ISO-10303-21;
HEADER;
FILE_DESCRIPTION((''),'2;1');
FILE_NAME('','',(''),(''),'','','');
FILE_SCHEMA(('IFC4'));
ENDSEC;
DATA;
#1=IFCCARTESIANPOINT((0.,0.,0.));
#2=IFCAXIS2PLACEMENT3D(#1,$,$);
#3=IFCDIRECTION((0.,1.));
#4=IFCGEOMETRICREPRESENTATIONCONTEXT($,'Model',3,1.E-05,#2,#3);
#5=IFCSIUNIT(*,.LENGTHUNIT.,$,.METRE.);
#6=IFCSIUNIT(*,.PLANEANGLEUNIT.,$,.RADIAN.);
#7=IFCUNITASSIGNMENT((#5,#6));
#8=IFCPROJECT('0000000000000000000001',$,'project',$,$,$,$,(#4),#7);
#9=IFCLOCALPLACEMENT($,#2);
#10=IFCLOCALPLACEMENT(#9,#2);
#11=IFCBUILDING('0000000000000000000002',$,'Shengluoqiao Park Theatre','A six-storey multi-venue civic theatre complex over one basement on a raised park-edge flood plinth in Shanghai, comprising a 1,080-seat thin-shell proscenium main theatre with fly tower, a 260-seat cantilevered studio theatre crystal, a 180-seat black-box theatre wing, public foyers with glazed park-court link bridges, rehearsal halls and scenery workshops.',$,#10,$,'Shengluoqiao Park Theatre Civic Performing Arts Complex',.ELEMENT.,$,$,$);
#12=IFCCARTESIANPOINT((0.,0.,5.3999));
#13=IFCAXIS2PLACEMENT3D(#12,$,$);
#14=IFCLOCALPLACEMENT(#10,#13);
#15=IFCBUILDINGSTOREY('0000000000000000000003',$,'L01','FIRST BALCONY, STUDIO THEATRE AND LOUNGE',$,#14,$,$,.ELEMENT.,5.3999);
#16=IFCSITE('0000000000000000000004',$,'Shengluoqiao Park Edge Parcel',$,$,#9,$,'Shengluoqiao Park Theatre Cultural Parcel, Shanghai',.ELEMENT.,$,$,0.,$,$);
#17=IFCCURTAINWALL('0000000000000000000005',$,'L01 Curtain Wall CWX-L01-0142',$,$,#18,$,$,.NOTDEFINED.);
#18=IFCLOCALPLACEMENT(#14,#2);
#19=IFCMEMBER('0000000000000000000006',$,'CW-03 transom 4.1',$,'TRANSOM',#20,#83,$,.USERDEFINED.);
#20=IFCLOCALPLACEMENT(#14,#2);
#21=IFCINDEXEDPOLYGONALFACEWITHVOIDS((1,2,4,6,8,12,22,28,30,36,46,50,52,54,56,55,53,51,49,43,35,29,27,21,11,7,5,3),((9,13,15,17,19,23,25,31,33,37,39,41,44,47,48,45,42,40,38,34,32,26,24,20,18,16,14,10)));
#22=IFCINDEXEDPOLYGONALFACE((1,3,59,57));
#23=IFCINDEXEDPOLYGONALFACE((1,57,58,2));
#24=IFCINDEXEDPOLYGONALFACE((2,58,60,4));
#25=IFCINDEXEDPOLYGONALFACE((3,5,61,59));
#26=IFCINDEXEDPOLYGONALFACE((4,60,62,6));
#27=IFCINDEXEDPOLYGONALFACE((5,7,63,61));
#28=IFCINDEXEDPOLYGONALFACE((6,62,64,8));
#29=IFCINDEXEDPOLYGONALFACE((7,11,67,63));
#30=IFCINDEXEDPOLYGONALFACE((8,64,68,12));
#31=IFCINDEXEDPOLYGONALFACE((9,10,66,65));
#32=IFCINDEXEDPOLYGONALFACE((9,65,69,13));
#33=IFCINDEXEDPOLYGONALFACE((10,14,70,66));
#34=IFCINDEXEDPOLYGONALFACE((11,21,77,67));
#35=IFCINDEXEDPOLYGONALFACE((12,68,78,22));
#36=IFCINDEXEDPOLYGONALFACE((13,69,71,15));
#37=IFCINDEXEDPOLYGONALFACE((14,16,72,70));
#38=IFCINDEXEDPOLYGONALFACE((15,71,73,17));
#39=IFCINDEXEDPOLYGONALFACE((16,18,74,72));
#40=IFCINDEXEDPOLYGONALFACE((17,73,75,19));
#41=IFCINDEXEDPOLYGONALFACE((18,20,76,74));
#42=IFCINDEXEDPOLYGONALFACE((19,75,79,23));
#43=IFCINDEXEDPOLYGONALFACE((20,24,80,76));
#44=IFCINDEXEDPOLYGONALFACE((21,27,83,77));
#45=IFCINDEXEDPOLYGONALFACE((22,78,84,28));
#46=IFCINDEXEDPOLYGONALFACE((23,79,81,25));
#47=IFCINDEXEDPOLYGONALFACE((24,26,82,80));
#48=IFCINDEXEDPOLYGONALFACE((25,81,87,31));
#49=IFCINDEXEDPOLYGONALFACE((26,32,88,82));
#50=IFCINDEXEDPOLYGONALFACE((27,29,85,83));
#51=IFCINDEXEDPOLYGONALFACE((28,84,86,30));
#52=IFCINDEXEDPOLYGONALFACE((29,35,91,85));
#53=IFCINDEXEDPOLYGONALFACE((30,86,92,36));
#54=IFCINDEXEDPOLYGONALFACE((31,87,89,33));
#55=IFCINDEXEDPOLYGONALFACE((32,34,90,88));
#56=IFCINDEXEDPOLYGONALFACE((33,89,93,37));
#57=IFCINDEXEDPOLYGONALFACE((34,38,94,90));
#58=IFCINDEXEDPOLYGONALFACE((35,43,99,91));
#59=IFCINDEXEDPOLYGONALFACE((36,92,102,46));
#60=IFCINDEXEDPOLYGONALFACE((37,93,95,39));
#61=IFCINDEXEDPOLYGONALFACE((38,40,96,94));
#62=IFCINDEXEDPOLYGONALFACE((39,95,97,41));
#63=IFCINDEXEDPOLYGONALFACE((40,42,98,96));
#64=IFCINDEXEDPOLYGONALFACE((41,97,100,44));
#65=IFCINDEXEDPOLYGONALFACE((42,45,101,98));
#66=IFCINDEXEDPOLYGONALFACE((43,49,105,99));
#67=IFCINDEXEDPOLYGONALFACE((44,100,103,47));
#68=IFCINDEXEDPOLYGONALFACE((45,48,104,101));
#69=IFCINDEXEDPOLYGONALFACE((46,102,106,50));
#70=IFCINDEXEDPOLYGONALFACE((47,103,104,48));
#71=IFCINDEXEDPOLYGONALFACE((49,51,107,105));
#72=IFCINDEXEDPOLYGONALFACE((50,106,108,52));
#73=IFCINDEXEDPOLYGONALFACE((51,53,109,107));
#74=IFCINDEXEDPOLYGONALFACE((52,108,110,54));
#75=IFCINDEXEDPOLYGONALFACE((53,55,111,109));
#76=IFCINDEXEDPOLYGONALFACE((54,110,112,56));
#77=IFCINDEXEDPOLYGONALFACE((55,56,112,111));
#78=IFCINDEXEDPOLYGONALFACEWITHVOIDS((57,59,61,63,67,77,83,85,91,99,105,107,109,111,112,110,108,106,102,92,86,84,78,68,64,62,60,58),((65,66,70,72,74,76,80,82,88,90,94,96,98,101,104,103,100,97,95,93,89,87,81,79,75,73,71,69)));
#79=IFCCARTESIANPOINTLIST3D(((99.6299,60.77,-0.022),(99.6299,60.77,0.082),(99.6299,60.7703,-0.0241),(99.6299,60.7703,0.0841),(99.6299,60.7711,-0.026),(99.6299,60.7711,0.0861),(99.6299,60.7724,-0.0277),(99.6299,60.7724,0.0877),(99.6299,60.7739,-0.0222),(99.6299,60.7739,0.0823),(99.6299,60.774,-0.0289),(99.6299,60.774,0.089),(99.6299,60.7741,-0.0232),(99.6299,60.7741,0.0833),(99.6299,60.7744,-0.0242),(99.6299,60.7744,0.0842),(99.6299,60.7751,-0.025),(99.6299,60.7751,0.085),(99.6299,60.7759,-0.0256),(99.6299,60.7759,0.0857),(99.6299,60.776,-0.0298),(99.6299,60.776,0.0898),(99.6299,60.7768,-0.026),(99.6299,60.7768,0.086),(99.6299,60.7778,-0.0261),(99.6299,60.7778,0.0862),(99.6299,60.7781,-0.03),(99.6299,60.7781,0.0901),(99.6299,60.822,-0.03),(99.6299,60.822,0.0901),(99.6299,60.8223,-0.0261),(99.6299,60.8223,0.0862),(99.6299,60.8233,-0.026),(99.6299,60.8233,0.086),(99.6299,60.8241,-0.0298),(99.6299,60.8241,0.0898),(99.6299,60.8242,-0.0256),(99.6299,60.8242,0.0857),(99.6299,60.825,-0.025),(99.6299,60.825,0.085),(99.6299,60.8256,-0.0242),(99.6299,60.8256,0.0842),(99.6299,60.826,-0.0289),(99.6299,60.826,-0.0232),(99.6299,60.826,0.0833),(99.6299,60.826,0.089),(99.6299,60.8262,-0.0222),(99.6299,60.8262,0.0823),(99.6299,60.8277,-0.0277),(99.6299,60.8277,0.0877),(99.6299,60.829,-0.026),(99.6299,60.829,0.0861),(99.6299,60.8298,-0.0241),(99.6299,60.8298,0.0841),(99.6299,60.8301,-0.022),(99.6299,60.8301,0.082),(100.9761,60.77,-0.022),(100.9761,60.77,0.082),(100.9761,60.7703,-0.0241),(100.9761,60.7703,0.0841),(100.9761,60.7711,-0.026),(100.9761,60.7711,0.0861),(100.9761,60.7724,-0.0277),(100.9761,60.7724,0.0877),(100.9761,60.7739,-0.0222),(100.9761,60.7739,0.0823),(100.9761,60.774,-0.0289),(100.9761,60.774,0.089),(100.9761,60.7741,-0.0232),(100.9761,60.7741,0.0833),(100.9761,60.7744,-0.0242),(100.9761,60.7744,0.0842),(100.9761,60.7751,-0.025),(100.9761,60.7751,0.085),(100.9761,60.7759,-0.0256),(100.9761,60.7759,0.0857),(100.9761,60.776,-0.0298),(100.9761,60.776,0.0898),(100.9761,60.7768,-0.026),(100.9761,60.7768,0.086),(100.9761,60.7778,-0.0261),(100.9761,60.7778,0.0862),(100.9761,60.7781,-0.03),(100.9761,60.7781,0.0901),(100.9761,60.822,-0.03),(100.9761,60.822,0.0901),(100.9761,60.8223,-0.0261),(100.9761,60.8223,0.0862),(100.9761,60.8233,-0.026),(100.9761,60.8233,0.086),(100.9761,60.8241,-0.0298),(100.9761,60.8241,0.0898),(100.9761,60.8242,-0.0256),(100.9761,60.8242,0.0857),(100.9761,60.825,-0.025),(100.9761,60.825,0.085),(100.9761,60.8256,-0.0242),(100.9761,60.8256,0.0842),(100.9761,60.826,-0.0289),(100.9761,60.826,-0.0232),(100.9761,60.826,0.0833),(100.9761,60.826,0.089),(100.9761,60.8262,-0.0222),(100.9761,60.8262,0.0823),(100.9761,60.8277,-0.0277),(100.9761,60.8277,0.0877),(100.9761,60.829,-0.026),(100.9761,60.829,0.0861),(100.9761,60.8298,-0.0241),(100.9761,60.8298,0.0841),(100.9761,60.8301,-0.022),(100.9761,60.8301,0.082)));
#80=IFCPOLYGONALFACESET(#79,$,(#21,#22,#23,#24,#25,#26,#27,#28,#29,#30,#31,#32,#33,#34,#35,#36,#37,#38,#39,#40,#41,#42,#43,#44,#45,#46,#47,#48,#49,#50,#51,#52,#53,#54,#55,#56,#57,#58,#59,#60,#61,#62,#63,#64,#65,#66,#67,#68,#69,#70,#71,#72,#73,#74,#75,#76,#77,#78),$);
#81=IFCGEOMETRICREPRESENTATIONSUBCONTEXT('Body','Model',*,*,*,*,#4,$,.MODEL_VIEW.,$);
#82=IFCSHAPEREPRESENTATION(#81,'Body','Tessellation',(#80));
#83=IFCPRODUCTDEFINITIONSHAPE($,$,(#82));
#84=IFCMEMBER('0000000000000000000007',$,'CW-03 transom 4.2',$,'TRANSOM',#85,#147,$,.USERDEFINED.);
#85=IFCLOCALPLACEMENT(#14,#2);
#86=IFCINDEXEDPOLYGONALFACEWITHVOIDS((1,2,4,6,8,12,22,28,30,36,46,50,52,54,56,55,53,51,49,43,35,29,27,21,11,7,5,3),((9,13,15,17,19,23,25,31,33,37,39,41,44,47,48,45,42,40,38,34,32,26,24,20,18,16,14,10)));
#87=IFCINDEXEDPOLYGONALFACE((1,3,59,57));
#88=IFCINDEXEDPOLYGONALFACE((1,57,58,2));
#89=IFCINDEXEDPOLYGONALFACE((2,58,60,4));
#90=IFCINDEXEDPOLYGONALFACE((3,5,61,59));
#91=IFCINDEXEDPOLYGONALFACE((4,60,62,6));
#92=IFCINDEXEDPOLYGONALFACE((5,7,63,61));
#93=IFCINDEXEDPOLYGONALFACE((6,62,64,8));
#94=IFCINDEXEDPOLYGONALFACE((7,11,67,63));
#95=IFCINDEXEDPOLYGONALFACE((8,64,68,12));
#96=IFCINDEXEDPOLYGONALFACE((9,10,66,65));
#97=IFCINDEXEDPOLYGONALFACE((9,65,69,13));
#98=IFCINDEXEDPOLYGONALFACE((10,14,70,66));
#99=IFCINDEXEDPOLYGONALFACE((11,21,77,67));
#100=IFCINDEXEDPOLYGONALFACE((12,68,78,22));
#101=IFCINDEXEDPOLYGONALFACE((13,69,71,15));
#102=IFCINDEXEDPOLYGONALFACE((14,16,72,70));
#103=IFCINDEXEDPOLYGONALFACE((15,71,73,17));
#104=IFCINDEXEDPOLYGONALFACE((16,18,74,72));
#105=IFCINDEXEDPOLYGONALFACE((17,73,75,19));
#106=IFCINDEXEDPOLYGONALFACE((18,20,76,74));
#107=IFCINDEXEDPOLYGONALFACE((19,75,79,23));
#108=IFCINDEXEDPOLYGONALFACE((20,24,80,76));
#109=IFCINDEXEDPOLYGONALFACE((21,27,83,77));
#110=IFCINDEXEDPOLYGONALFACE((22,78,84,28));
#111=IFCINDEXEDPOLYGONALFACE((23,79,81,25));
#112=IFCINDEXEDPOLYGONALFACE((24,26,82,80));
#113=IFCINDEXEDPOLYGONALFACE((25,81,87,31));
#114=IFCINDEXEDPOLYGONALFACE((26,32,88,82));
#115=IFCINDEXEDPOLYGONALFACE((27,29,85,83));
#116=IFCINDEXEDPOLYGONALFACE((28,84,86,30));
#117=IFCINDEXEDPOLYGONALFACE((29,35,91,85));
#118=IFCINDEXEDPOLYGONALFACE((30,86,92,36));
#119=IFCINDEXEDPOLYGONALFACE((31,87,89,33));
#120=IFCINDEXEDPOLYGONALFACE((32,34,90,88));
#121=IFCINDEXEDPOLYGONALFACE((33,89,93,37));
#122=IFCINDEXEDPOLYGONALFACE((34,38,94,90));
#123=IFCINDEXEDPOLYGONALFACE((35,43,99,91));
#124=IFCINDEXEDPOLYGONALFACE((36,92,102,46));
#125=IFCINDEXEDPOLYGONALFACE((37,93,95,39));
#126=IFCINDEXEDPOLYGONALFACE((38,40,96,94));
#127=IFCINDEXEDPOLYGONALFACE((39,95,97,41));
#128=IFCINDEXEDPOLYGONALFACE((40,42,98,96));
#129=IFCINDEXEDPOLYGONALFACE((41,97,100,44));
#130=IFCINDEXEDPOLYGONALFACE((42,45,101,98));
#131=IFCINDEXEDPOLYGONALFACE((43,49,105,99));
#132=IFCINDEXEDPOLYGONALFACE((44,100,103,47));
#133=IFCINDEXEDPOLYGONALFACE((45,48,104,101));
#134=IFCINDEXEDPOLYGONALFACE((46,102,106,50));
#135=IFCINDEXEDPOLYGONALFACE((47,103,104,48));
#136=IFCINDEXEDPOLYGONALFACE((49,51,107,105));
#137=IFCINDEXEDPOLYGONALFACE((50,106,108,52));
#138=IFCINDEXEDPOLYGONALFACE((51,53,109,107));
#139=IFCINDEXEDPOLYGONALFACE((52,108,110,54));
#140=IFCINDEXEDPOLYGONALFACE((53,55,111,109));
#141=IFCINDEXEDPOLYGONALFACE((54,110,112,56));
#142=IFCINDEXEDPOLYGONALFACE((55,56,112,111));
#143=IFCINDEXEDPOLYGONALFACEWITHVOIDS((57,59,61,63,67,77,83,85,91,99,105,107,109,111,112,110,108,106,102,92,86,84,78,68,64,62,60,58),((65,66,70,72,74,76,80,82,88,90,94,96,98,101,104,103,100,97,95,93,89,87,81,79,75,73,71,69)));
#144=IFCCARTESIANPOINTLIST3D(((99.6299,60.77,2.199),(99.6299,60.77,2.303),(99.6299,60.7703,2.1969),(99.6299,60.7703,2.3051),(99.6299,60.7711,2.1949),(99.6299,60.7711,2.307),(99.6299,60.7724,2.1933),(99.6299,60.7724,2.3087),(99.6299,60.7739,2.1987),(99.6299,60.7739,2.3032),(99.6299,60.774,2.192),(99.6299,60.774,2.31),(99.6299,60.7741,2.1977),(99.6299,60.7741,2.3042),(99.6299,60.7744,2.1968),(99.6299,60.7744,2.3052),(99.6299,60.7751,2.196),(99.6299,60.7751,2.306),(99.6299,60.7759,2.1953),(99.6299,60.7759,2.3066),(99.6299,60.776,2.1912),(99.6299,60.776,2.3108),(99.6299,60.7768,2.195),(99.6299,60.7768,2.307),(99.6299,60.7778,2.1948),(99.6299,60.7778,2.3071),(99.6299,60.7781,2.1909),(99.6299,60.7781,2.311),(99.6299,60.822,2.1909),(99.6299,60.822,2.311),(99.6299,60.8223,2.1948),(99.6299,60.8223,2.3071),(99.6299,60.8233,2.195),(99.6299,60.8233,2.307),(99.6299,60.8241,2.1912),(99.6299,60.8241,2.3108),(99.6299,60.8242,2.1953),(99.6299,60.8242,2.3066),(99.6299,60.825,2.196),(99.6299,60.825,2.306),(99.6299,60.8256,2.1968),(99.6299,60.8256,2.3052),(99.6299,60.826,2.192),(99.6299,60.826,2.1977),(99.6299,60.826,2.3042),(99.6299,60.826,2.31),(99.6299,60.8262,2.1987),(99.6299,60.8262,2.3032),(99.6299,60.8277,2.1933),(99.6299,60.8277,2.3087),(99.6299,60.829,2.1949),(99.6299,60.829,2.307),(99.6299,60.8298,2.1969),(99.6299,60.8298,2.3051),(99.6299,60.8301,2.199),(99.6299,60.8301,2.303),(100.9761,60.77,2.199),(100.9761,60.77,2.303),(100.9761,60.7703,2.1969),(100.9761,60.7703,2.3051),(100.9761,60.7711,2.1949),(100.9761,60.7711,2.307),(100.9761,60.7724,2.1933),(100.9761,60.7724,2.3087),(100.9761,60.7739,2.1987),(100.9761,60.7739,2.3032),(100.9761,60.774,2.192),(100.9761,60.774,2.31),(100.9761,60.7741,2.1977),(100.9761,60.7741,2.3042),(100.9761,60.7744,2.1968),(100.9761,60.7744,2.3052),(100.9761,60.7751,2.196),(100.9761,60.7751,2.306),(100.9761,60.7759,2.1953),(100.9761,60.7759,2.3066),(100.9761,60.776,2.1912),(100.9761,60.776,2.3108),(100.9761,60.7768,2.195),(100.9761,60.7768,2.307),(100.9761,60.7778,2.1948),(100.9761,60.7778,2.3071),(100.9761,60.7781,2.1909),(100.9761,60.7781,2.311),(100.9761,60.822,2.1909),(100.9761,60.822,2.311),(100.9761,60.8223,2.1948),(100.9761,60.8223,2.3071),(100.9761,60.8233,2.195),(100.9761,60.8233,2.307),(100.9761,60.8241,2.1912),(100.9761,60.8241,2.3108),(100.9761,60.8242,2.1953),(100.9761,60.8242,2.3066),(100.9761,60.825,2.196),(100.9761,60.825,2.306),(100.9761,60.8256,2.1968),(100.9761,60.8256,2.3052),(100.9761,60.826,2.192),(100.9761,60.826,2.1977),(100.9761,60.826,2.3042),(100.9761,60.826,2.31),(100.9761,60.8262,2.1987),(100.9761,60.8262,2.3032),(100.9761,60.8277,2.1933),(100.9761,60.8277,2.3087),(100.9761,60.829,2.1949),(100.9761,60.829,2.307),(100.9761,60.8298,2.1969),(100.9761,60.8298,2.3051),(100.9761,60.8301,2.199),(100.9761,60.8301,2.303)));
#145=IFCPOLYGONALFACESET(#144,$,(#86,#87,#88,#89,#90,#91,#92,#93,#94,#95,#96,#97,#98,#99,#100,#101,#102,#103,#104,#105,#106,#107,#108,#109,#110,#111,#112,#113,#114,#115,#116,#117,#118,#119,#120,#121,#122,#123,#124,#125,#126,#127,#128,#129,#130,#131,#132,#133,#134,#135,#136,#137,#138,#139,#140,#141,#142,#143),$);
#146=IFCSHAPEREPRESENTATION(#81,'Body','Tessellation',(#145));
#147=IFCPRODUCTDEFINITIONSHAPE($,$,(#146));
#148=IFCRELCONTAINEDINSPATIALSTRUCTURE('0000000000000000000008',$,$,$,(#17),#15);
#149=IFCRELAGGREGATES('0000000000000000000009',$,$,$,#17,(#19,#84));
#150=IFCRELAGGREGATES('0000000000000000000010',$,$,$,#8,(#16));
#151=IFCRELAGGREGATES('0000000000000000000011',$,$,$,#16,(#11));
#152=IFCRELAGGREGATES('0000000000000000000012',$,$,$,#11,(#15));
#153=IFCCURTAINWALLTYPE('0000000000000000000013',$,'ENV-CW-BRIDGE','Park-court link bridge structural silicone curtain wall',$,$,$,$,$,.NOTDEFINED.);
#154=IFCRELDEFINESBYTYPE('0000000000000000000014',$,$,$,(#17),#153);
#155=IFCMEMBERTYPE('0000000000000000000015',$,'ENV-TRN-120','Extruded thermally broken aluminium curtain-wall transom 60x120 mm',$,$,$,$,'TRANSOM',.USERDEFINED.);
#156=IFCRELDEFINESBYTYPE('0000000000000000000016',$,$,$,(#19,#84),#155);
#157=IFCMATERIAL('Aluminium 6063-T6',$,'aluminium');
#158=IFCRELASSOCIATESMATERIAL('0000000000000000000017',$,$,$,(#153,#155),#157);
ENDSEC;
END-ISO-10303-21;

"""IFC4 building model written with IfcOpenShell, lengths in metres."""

from ifc_helpers import new_model, si_unit, direction, frame, origin, origin_2d, place, context, subcontext, project, spatial, hollow_rectangle, extrude, material, material_profile, profile_set, type_object, element, aggregate, save


model = new_model("IFC4")

# Units and contexts
model_context = context("Model", 3, precision=1e-05, world=origin(), true_north=direction((0.0, 1.0)))
body_context = subcontext(model_context, "Body", "Model", "MODEL_VIEW")
ifc_project = project(units=[si_unit("LENGTHUNIT", "METRE"), si_unit("PLANEANGLEUNIT", "RADIAN")], contexts=[model_context])

# Site, building, storey
site_placement = place(None, origin())
site = spatial("IfcSite", under=ifc_project, at=site_placement, Name="Shengluoqiao Park Edge Parcel", LongName="Shengluoqiao Park Theatre Cultural Parcel, Shanghai", CompositionType="ELEMENT", RefElevation=0.0)
building_placement = place(site_placement, origin())
building = spatial("IfcBuilding", under=site, at=building_placement, Name="Shengluoqiao Park Theatre", Description="A six-storey multi-venue civic theatre complex over one basement on a raised park-edge flood plinth in Shanghai, comprising a 1,080-seat thin-shell proscenium main theatre with fly tower, a 260-seat cantilevered studio theatre crystal, a 180-seat black-box theatre wing, public foyers with glazed park-court link bridges, rehearsal halls and scenery workshops.", LongName="Shengluoqiao Park Theatre Civic Performing Arts Complex", CompositionType="ELEMENT")
storey_placement = place(building_placement, frame((0.0, 0.0, 5.3999)))
storey = spatial("IfcBuildingStorey", under=building, at=storey_placement, Name="L01", Description="FIRST BALCONY, STUDIO THEATRE AND LOUNGE", CompositionType="ELEMENT", Elevation=5.3999)

# Shared definitions
ifc_material_1 = material(Name="Aluminium 6063-T6", Category="aluminium")
curtain_wall_type = type_object("IfcCurtainWallType", Name="ENV-CW-BRIDGE", Description="Park-court link bridge structural silicone curtain wall", PredefinedType="NOTDEFINED", material=ifc_material_1)

# Curtain wall
curtain_wall_1_placement = place(storey_placement, origin())
curtain_wall_1 = element("IfcCurtainWall", 1, at=curtain_wall_1_placement, inside=storey, type_object=curtain_wall_type, Name="L01 Curtain Wall CWX-L01-0142", PredefinedType="NOTDEFINED")

# Members
ifc_material_profile_1 = material_profile(ifc_material_1, hollow_rectangle(XDim=0.0601, YDim=0.1201, WallThickness=0.0039, InnerFilletRadius=0.0039, OuterFilletRadius=0.0081, at=origin_2d()), Name="ALU TRANSOM 120x60x4")
ifc_profile_set_1 = profile_set([ifc_material_profile_1], Name="Aluminium 6063-T6")
member_type_1 = type_object("IfcMemberType", Name="ENV-TRN-120", Description="Extruded thermally broken aluminium curtain-wall transom 60x120 mm", ElementType="TRANSOM", PredefinedType="USERDEFINED", material=ifc_profile_set_1)
member_1_placement = place(storey_placement, frame((99.6299, 60.8, 0.03), z_axis=(1.0, 0.0, 0.0), x_axis=(0.0, 1.0, 0.0)))
member_1 = element("IfcMember", 2, at=member_1_placement, type_object=member_type_1, Name="CW-03 transom 4.1", ObjectType="TRANSOM", PredefinedType="USERDEFINED", context=body_context, shape_type="SweptSolid", body=[
    extrude(hollow_rectangle(XDim=0.0601, YDim=0.1201, WallThickness=0.0039, InnerFilletRadius=0.0039, OuterFilletRadius=0.0081, at=origin_2d()), origin(), (0.0, 0.0, 1.0), 1.3462),
])
member_2_placement = place(storey_placement, frame((99.6299, 60.8, 2.251), z_axis=(1.0, 0.0, 0.0), x_axis=(0.0, 1.0, 0.0)))
member_2 = element("IfcMember", 3, at=member_2_placement, type_object=member_type_1, Name="CW-03 transom 4.2", ObjectType="TRANSOM", PredefinedType="USERDEFINED", context=body_context, shape_type="SweptSolid", body=[
    extrude(hollow_rectangle(XDim=0.0601, YDim=0.1201, WallThickness=0.0039, InnerFilletRadius=0.0039, OuterFilletRadius=0.0081, at=origin_2d()), origin(), (0.0, 0.0, 1.0), 1.3462),
])

aggregate(curtain_wall_1, [member_1, member_2])

save(model, "model.ifc")
